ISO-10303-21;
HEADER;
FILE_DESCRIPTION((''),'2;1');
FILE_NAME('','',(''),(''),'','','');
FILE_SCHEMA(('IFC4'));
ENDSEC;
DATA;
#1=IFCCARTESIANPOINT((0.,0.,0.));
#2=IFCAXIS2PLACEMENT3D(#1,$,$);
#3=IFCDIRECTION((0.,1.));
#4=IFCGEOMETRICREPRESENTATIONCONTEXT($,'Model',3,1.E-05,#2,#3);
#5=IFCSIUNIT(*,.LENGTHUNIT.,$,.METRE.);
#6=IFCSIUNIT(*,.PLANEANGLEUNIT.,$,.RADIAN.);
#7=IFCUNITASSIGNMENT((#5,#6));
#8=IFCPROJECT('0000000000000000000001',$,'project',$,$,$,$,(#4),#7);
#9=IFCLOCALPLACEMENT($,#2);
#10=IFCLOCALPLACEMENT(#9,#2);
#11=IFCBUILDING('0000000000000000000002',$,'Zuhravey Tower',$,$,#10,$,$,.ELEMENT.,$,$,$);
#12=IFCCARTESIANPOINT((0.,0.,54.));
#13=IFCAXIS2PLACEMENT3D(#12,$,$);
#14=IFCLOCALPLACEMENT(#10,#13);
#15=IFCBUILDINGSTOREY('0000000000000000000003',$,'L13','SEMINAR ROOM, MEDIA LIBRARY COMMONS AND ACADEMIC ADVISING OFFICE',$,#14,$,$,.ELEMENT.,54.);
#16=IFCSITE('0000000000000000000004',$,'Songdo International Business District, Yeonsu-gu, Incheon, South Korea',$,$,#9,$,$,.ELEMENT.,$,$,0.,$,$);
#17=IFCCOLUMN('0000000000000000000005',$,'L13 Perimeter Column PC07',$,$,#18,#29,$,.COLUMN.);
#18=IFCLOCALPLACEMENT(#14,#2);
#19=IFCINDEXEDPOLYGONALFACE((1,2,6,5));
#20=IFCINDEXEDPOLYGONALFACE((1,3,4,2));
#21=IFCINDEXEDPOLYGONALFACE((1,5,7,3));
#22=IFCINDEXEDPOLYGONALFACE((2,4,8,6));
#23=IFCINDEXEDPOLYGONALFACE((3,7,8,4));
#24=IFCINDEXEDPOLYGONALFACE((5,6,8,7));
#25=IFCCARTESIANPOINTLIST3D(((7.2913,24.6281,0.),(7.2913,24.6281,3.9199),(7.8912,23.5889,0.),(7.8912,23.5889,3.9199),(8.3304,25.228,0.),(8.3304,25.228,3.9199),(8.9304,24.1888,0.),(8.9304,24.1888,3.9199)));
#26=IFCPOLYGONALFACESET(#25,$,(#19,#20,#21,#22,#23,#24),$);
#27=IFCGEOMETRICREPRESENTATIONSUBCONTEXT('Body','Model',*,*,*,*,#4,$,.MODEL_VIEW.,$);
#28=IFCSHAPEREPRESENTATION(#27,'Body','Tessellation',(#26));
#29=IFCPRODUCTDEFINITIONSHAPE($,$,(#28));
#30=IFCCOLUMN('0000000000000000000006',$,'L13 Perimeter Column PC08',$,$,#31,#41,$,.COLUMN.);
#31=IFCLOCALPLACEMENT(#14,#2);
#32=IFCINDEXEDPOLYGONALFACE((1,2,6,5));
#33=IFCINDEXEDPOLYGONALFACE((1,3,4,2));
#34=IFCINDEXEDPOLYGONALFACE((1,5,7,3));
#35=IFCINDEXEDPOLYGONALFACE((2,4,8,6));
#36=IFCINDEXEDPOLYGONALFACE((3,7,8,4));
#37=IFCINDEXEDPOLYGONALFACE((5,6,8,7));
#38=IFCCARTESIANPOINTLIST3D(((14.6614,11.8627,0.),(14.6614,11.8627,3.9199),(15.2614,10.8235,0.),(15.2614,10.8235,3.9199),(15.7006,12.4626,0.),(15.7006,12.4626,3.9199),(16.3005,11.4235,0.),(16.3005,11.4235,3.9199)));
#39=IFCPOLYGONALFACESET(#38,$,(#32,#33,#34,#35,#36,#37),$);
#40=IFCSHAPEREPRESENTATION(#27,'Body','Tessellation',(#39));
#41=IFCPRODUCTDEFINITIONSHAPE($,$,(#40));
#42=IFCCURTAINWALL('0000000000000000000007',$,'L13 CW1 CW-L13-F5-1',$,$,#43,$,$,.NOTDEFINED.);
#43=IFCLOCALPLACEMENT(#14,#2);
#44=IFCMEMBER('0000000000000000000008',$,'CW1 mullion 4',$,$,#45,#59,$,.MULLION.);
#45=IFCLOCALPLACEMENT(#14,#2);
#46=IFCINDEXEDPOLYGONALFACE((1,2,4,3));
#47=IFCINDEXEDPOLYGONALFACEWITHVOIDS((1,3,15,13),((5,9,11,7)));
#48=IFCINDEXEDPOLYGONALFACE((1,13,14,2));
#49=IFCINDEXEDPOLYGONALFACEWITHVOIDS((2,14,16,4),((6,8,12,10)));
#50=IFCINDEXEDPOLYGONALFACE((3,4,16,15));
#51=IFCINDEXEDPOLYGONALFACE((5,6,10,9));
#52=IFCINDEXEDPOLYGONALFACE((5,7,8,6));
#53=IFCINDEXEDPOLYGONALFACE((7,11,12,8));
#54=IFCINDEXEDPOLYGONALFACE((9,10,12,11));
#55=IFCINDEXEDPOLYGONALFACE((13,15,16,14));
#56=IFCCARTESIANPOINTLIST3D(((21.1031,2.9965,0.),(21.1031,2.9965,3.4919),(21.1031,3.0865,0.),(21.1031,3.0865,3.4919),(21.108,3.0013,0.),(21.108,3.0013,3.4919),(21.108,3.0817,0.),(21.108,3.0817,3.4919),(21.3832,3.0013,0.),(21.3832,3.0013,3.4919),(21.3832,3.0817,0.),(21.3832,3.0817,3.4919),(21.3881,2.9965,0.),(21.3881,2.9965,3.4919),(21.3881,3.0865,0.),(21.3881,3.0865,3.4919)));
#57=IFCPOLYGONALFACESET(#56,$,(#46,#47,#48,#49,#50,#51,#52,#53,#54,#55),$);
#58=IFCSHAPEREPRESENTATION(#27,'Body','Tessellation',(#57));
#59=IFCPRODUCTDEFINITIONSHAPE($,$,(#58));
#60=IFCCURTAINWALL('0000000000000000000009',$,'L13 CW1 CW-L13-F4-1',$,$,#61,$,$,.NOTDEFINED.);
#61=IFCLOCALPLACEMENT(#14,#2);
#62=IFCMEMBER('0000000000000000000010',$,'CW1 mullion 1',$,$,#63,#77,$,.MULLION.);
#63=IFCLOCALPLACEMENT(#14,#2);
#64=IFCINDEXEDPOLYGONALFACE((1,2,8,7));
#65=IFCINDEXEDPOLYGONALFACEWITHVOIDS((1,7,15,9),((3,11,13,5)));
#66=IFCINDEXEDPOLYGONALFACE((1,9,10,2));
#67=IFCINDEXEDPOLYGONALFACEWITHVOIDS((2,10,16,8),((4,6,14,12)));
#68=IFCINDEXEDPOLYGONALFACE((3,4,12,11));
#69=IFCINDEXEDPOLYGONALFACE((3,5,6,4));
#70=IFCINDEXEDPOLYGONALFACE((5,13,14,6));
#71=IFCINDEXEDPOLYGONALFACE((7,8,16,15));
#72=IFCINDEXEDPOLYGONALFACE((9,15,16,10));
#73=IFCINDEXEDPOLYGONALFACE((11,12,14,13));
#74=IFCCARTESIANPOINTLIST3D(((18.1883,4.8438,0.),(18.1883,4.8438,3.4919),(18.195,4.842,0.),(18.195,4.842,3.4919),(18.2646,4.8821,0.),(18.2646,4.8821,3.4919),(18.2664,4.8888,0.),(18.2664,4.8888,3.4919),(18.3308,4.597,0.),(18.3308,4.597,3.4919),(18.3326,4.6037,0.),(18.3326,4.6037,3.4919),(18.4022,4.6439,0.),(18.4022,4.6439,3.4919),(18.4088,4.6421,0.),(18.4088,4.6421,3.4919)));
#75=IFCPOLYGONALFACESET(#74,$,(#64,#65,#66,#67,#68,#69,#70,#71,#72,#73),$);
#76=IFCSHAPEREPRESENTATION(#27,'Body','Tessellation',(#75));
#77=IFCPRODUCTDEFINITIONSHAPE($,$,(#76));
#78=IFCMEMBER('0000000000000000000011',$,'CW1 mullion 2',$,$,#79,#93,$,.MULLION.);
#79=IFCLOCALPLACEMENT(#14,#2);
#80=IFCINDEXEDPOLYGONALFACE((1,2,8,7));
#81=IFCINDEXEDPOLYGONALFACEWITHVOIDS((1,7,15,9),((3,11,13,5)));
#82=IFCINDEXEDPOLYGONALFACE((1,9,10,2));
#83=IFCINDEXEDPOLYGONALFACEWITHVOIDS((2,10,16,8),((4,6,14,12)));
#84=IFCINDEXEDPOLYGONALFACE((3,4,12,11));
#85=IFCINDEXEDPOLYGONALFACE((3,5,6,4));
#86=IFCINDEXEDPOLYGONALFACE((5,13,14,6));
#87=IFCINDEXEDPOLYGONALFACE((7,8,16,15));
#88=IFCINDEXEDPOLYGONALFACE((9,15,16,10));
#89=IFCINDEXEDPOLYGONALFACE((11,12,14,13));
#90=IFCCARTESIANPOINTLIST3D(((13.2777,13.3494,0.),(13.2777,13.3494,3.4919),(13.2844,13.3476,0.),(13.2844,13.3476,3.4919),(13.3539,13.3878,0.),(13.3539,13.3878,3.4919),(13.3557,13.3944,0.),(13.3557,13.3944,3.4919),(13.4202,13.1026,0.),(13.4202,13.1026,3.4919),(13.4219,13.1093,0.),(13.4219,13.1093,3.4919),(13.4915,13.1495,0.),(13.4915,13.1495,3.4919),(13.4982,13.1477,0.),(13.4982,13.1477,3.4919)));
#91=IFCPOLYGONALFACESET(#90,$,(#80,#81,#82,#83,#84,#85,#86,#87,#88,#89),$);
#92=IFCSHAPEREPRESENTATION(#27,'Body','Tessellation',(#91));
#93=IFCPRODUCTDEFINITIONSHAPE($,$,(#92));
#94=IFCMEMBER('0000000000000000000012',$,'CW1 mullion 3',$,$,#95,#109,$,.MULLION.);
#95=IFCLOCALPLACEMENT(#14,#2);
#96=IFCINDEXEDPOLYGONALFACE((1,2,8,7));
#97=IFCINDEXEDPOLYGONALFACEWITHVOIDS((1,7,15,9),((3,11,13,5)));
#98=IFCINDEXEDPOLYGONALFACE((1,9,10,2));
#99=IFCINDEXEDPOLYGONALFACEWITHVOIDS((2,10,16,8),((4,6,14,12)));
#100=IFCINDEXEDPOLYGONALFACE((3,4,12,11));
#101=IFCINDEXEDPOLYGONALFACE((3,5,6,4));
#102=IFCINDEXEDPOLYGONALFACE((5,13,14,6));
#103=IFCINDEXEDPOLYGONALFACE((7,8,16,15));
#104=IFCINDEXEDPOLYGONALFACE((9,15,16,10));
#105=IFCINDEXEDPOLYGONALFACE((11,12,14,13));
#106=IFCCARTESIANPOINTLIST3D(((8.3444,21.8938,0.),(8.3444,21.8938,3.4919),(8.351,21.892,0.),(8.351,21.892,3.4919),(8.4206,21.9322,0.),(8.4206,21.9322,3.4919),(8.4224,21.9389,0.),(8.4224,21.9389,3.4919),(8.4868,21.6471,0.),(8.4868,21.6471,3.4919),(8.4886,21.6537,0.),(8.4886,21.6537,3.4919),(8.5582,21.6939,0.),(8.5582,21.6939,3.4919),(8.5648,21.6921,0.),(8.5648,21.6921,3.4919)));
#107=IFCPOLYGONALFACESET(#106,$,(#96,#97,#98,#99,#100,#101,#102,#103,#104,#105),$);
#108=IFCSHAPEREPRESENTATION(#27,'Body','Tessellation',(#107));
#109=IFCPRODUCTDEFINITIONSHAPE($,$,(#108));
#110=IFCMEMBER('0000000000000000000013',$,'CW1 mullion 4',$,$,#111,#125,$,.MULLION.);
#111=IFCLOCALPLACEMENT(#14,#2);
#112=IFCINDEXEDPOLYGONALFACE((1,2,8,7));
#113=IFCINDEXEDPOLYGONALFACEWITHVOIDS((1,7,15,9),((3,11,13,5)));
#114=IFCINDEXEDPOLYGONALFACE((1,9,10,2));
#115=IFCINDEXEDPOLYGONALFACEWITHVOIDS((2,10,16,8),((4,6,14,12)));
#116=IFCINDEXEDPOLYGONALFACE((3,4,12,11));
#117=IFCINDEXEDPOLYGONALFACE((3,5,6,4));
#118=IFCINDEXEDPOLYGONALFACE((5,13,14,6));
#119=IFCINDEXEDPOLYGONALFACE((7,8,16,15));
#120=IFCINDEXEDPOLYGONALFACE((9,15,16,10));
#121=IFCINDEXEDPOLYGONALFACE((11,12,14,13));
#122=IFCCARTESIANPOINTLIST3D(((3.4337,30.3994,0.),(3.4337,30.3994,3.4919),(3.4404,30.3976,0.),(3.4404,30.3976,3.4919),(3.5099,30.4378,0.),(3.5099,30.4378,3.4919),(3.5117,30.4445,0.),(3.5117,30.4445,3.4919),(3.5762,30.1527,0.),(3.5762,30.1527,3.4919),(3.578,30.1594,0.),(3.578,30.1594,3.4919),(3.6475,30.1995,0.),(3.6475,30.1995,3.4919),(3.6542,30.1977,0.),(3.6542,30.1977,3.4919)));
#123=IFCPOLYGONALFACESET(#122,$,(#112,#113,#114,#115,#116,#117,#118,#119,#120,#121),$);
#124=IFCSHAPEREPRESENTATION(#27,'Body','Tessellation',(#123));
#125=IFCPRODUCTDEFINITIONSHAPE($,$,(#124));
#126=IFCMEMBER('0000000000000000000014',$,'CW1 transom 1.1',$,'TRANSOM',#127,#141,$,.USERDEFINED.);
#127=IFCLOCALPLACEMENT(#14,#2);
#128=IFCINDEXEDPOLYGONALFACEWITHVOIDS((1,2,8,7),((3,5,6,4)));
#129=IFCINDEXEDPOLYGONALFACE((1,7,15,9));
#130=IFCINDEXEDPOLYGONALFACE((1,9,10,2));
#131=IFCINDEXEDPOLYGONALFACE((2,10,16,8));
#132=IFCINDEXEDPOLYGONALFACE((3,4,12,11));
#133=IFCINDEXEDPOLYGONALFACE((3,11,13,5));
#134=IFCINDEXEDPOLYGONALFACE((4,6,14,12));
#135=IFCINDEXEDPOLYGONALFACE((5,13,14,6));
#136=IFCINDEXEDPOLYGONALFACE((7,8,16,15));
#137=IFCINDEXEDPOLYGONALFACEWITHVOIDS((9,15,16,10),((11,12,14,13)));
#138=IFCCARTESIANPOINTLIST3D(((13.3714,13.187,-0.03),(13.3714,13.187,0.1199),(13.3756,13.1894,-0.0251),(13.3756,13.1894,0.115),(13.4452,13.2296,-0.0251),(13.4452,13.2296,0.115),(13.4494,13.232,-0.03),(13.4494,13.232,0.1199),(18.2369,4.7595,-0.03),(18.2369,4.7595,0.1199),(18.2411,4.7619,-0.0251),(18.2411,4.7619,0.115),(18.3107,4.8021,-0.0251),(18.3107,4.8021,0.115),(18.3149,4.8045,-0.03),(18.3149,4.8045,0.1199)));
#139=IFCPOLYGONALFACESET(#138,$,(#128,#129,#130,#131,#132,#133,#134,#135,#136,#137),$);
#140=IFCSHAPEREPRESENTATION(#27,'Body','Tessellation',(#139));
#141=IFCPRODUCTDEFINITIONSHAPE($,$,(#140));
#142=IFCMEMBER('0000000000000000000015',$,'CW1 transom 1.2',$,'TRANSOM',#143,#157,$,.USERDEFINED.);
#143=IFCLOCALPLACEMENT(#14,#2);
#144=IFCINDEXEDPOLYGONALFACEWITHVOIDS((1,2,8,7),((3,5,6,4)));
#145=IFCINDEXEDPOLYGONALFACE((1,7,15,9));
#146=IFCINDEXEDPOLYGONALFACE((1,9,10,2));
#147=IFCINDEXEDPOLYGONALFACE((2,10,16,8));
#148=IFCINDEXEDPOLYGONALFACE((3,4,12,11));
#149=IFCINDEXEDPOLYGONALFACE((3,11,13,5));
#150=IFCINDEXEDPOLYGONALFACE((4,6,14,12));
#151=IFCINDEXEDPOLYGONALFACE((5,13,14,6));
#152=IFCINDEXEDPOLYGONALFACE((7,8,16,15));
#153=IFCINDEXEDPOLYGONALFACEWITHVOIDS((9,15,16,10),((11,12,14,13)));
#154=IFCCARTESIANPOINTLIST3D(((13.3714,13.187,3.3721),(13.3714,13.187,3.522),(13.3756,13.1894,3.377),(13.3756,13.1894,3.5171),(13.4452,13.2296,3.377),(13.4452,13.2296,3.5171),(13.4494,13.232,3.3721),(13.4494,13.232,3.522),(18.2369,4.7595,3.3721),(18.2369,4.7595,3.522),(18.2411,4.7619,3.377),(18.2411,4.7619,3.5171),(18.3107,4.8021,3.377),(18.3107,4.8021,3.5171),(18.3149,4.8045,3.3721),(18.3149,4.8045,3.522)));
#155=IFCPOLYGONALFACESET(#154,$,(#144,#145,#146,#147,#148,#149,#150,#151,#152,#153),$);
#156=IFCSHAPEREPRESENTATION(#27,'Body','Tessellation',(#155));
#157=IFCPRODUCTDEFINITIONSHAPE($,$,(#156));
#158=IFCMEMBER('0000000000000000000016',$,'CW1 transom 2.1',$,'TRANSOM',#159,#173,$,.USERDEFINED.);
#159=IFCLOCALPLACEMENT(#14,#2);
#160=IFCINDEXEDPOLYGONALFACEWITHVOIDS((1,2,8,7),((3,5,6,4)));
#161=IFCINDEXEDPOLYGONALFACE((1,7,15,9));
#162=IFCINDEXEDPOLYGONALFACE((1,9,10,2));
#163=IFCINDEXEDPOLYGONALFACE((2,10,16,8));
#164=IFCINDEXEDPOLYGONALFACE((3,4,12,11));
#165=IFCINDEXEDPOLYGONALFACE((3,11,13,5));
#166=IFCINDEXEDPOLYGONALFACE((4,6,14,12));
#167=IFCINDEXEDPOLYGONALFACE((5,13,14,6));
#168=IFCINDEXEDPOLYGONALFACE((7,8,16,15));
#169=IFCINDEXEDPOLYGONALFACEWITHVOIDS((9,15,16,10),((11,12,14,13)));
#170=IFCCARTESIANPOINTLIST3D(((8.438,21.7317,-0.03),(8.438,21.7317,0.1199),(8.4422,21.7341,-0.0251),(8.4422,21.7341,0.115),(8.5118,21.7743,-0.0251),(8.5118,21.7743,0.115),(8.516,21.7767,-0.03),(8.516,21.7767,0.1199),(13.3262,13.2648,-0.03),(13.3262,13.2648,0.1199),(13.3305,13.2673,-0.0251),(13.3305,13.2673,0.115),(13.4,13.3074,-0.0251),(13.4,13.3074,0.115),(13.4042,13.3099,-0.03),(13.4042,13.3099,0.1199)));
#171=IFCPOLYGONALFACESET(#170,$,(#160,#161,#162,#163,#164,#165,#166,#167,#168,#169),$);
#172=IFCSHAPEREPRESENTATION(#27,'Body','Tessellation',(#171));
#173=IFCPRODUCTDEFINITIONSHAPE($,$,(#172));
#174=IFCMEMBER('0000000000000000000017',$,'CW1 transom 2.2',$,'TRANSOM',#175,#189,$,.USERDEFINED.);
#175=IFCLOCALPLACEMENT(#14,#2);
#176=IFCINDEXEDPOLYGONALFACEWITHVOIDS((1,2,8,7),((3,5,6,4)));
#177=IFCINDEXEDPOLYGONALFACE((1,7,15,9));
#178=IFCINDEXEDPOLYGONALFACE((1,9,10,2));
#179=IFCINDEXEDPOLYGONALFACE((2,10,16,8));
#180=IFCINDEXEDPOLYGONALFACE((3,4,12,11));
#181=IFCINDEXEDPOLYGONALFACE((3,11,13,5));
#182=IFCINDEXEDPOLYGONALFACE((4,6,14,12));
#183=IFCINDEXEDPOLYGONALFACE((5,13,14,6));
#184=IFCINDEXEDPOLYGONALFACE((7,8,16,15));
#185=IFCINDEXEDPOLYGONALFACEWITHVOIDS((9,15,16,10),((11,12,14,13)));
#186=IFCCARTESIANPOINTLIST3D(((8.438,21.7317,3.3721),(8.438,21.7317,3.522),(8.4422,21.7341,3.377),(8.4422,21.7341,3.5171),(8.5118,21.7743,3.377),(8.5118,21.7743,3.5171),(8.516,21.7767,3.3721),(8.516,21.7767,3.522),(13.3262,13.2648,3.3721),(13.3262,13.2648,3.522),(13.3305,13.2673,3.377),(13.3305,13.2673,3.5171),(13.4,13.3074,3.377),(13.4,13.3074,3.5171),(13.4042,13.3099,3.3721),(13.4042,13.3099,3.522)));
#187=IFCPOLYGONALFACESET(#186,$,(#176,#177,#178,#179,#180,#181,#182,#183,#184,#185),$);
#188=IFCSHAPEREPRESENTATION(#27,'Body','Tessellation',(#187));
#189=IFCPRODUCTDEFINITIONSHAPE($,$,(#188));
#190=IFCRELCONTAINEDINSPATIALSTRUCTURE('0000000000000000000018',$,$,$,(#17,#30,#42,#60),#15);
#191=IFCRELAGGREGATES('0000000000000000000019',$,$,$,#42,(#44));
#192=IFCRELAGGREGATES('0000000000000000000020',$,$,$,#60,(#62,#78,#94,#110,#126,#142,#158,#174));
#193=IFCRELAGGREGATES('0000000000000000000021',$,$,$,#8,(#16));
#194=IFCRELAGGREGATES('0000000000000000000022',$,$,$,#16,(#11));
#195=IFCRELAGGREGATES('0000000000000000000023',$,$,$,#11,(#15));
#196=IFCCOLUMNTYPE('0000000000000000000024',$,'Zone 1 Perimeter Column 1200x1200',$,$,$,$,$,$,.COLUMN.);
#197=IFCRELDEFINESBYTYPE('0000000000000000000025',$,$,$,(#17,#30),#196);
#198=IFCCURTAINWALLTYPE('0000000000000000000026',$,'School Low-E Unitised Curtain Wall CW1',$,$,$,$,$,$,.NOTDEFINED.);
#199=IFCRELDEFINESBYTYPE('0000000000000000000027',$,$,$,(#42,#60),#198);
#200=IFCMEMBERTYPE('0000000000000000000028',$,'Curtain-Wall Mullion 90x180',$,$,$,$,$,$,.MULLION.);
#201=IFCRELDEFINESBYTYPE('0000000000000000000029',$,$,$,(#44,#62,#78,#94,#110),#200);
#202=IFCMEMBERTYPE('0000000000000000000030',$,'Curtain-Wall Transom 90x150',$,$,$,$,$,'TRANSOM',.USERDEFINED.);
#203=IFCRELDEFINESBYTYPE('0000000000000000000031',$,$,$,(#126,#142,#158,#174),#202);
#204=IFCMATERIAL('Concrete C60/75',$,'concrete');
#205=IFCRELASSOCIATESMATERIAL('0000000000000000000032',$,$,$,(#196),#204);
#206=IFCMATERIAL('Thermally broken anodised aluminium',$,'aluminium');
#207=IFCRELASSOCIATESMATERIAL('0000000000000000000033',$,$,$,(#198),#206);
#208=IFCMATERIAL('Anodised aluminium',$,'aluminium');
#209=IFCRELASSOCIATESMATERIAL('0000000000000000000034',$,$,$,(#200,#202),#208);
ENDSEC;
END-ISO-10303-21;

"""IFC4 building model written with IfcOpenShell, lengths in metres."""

from ifc_helpers import new_model, si_unit, direction, frame, origin, origin_2d, place, context, subcontext, project, spatial, rectangle, hollow_rectangle, extrude, material, material_profile, profile_set, type_object, element, aggregate, save


model = new_model("IFC4")

# Units and contexts
model_context = context("Model", 3, precision=1e-05, world=origin(), true_north=direction((0.0, 1.0)))
body_context = subcontext(model_context, "Body", "Model", "MODEL_VIEW")
ifc_project = project(units=[si_unit("LENGTHUNIT", "METRE"), si_unit("PLANEANGLEUNIT", "RADIAN")], contexts=[model_context])

# Site, building, storey
site_placement = place(None, origin())
site = spatial("IfcSite", under=ifc_project, at=site_placement, Name="Songdo International Business District, Yeonsu-gu, Incheon, South Korea", CompositionType="ELEMENT", RefElevation=0.0)
building_placement = place(site_placement, origin())
building = spatial("IfcBuilding", under=site, at=building_placement, Name="Zuhravey Tower", CompositionType="ELEMENT")
storey_placement = place(building_placement, frame((0.0, 0.0, 54.0)))
storey = spatial("IfcBuildingStorey", under=building, at=storey_placement, Name="L13", Description="SEMINAR ROOM, MEDIA LIBRARY COMMONS AND ACADEMIC ADVISING OFFICE", CompositionType="ELEMENT", Elevation=54.0)

# Columns
ifc_material_1 = material(Name="Concrete C60/75", Category="concrete")
ifc_material_profile_1 = material_profile(ifc_material_1, rectangle(XDim=1.2, YDim=1.2, at=origin_2d()), Name="RC-1200x1200")
ifc_profile_set_1 = profile_set([ifc_material_profile_1], Name="Concrete C60/75")
column_type = type_object("IfcColumnType", Name="Zone 1 Perimeter Column 1200x1200", PredefinedType="COLUMN", material=ifc_profile_set_1)
for number, where, z_axis, x_axis, name in (
    (1, (8.1108, 24.4084, 0.0), (0.0, 0.0, 1.0), (0.5, -0.866025, 0.0), "L13 Perimeter Column PC07"),
    (2, (15.481, 11.6431, 0.0), (0.0, 0.0, 1.0), (0.5, -0.866025, 0.0), "L13 Perimeter Column PC08"),
):
    element("IfcColumn", number, at=place(storey_placement, frame(where, z_axis=z_axis, x_axis=x_axis)), inside=storey, type_object=column_type, Name=name, PredefinedType="COLUMN", context=body_context, shape_type="SweptSolid", body=[
        extrude(rectangle(XDim=1.2, YDim=1.2, at=origin_2d()), origin(), (0.0, 0.0, 1.0), 3.9199),
    ])

# Curtain wall, member
ifc_material_2 = material(Name="Thermally broken anodised aluminium", Category="aluminium")
curtain_wall_type = type_object("IfcCurtainWallType", Name="School Low-E Unitised Curtain Wall CW1", PredefinedType="NOTDEFINED", material=ifc_material_2)
curtain_wall_1_placement = place(storey_placement, origin())
curtain_wall_1 = element("IfcCurtainWall", 3, at=curtain_wall_1_placement, inside=storey, type_object=curtain_wall_type, Name="L13 CW1 CW-L13-F5-1", PredefinedType="NOTDEFINED")
ifc_material_3 = material(Name="Anodised aluminium", Category="aluminium")
ifc_material_profile_2 = material_profile(ifc_material_3, hollow_rectangle(XDim=0.0901, YDim=0.2849, WallThickness=0.0049, at=origin_2d()), Name="ALU-RHS-90x285x5")
ifc_profile_set_2 = profile_set([ifc_material_profile_2], Name="Anodised aluminium")
member_type_1 = type_object("IfcMemberType", Name="Curtain-Wall Mullion 90x180", PredefinedType="MULLION", material=ifc_profile_set_2)
member_1_placement = place(storey_placement, frame((21.2456, 3.0415, 0.0), z_axis=(0.0, 0.0, 1.0), x_axis=(0.0, -1.0, 0.0)))
member_1 = element("IfcMember", 4, at=member_1_placement, type_object=member_type_1, Name="CW1 mullion 4", PredefinedType="MULLION", context=body_context, shape_type="SweptSolid", body=[
    extrude(hollow_rectangle(XDim=0.0901, YDim=0.2849, WallThickness=0.0049, at=origin_2d()), origin(), (0.0, 0.0, 1.0), 3.4919),
])
aggregate(curtain_wall_1, [member_1])

# Curtain wall, members
curtain_wall_2_placement = place(storey_placement, origin())
curtain_wall_2 = element("IfcCurtainWall", 5, at=curtain_wall_2_placement, inside=storey, type_object=curtain_wall_type, Name="L13 CW1 CW-L13-F4-1", PredefinedType="NOTDEFINED")
member_2_placement = place(storey_placement, frame((18.2986, 4.7429, 0.0), z_axis=(0.0, 0.0, 1.0), x_axis=(-0.866026, -0.5, 0.0)))
member_2 = element("IfcMember", 6, at=member_2_placement, type_object=member_type_1, Name="CW1 mullion 1", PredefinedType="MULLION", context=body_context, shape_type="SweptSolid", body=[
    extrude(hollow_rectangle(XDim=0.0901, YDim=0.2849, WallThickness=0.0049, at=origin_2d()), origin(), (0.0, 0.0, 1.0), 3.4919),
])
member_3_placement = place(storey_placement, frame((13.3879, 13.2485, 0.0), z_axis=(0.0, 0.0, 1.0), x_axis=(-0.866026, -0.5, 0.0)))
member_3 = element("IfcMember", 7, at=member_3_placement, type_object=member_type_1, Name="CW1 mullion 2", PredefinedType="MULLION", context=body_context, shape_type="SweptSolid", body=[
    extrude(hollow_rectangle(XDim=0.0901, YDim=0.2849, WallThickness=0.0049, at=origin_2d()), origin(), (0.0, 0.0, 1.0), 3.4919),
])
member_4_placement = place(storey_placement, frame((8.4546, 21.793, 0.0), z_axis=(0.0, 0.0, 1.0), x_axis=(-0.866026, -0.5, 0.0)))
member_4 = element("IfcMember", 8, at=member_4_placement, type_object=member_type_1, Name="CW1 mullion 3", PredefinedType="MULLION", context=body_context, shape_type="SweptSolid", body=[
    extrude(hollow_rectangle(XDim=0.0901, YDim=0.2849, WallThickness=0.0049, at=origin_2d()), origin(), (0.0, 0.0, 1.0), 3.4919),
])
member_5_placement = place(storey_placement, frame((3.5439, 30.2986, 0.0), z_axis=(0.0, 0.0, 1.0), x_axis=(-0.866026, -0.5, 0.0)))
member_5 = element("IfcMember", 9, at=member_5_placement, type_object=member_type_1, Name="CW1 mullion 4", PredefinedType="MULLION", context=body_context, shape_type="SweptSolid", body=[
    extrude(hollow_rectangle(XDim=0.0901, YDim=0.2849, WallThickness=0.0049, at=origin_2d()), origin(), (0.0, 0.0, 1.0), 3.4919),
])
ifc_material_profile_3 = material_profile(ifc_material_3, hollow_rectangle(XDim=0.0901, YDim=0.1499, WallThickness=0.0049, at=origin_2d()), Name="ALU-RHS-90x150x5")
ifc_profile_set_3 = profile_set([ifc_material_profile_3], Name="Anodised aluminium")
member_type_2 = type_object("IfcMemberType", Name="Curtain-Wall Transom 90x150", ElementType="TRANSOM", PredefinedType="USERDEFINED", material=ifc_profile_set_3)
member_6_placement = place(storey_placement, frame((18.2759, 4.782, 0.0449), z_axis=(-0.49999, 0.866031, 0.0), x_axis=(-0.866031, -0.49999, 0.0)))
member_6 = element("IfcMember", 10, at=member_6_placement, type_object=member_type_2, Name="CW1 transom 1.1", ObjectType="TRANSOM", PredefinedType="USERDEFINED", context=body_context, shape_type="SweptSolid", body=[
    extrude(hollow_rectangle(XDim=0.0901, YDim=0.1499, WallThickness=0.0049, at=origin_2d()), origin(), (0.0, 0.0, 1.0), 9.7312),
])
member_7_placement = place(storey_placement, frame((18.2759, 4.782, 3.447), z_axis=(-0.49999, 0.866031, 0.0), x_axis=(-0.866031, -0.49999, 0.0)))
member_7 = element("IfcMember", 11, at=member_7_placement, type_object=member_type_2, Name="CW1 transom 1.2", ObjectType="TRANSOM", PredefinedType="USERDEFINED", context=body_context, shape_type="SweptSolid", body=[
    extrude(hollow_rectangle(XDim=0.0901, YDim=0.1499, WallThickness=0.0049, at=origin_2d()), origin(), (0.0, 0.0, 1.0), 9.7312),
])
member_8_placement = place(storey_placement, frame((13.3652, 13.2874, 0.0449), z_axis=(-0.49999, 0.866031, 0.0), x_axis=(-0.866031, -0.49999, 0.0)))
member_8 = element("IfcMember", 12, at=member_8_placement, type_object=member_type_2, Name="CW1 transom 2.1", ObjectType="TRANSOM", PredefinedType="USERDEFINED", context=body_context, shape_type="SweptSolid", body=[
    extrude(hollow_rectangle(XDim=0.0901, YDim=0.1499, WallThickness=0.0049, at=origin_2d()), origin(), (0.0, 0.0, 1.0), 9.7766),
])
member_9_placement = place(storey_placement, frame((13.3652, 13.2874, 3.447), z_axis=(-0.49999, 0.866031, 0.0), x_axis=(-0.866031, -0.49999, 0.0)))
member_9 = element("IfcMember", 13, at=member_9_placement, type_object=member_type_2, Name="CW1 transom 2.2", ObjectType="TRANSOM", PredefinedType="USERDEFINED", context=body_context, shape_type="SweptSolid", body=[
    extrude(hollow_rectangle(XDim=0.0901, YDim=0.1499, WallThickness=0.0049, at=origin_2d()), origin(), (0.0, 0.0, 1.0), 9.7766),
])

aggregate(curtain_wall_2, [member_2, member_3, member_4, member_5, member_6, member_7, member_8, member_9])

save(model, "model.ifc")
